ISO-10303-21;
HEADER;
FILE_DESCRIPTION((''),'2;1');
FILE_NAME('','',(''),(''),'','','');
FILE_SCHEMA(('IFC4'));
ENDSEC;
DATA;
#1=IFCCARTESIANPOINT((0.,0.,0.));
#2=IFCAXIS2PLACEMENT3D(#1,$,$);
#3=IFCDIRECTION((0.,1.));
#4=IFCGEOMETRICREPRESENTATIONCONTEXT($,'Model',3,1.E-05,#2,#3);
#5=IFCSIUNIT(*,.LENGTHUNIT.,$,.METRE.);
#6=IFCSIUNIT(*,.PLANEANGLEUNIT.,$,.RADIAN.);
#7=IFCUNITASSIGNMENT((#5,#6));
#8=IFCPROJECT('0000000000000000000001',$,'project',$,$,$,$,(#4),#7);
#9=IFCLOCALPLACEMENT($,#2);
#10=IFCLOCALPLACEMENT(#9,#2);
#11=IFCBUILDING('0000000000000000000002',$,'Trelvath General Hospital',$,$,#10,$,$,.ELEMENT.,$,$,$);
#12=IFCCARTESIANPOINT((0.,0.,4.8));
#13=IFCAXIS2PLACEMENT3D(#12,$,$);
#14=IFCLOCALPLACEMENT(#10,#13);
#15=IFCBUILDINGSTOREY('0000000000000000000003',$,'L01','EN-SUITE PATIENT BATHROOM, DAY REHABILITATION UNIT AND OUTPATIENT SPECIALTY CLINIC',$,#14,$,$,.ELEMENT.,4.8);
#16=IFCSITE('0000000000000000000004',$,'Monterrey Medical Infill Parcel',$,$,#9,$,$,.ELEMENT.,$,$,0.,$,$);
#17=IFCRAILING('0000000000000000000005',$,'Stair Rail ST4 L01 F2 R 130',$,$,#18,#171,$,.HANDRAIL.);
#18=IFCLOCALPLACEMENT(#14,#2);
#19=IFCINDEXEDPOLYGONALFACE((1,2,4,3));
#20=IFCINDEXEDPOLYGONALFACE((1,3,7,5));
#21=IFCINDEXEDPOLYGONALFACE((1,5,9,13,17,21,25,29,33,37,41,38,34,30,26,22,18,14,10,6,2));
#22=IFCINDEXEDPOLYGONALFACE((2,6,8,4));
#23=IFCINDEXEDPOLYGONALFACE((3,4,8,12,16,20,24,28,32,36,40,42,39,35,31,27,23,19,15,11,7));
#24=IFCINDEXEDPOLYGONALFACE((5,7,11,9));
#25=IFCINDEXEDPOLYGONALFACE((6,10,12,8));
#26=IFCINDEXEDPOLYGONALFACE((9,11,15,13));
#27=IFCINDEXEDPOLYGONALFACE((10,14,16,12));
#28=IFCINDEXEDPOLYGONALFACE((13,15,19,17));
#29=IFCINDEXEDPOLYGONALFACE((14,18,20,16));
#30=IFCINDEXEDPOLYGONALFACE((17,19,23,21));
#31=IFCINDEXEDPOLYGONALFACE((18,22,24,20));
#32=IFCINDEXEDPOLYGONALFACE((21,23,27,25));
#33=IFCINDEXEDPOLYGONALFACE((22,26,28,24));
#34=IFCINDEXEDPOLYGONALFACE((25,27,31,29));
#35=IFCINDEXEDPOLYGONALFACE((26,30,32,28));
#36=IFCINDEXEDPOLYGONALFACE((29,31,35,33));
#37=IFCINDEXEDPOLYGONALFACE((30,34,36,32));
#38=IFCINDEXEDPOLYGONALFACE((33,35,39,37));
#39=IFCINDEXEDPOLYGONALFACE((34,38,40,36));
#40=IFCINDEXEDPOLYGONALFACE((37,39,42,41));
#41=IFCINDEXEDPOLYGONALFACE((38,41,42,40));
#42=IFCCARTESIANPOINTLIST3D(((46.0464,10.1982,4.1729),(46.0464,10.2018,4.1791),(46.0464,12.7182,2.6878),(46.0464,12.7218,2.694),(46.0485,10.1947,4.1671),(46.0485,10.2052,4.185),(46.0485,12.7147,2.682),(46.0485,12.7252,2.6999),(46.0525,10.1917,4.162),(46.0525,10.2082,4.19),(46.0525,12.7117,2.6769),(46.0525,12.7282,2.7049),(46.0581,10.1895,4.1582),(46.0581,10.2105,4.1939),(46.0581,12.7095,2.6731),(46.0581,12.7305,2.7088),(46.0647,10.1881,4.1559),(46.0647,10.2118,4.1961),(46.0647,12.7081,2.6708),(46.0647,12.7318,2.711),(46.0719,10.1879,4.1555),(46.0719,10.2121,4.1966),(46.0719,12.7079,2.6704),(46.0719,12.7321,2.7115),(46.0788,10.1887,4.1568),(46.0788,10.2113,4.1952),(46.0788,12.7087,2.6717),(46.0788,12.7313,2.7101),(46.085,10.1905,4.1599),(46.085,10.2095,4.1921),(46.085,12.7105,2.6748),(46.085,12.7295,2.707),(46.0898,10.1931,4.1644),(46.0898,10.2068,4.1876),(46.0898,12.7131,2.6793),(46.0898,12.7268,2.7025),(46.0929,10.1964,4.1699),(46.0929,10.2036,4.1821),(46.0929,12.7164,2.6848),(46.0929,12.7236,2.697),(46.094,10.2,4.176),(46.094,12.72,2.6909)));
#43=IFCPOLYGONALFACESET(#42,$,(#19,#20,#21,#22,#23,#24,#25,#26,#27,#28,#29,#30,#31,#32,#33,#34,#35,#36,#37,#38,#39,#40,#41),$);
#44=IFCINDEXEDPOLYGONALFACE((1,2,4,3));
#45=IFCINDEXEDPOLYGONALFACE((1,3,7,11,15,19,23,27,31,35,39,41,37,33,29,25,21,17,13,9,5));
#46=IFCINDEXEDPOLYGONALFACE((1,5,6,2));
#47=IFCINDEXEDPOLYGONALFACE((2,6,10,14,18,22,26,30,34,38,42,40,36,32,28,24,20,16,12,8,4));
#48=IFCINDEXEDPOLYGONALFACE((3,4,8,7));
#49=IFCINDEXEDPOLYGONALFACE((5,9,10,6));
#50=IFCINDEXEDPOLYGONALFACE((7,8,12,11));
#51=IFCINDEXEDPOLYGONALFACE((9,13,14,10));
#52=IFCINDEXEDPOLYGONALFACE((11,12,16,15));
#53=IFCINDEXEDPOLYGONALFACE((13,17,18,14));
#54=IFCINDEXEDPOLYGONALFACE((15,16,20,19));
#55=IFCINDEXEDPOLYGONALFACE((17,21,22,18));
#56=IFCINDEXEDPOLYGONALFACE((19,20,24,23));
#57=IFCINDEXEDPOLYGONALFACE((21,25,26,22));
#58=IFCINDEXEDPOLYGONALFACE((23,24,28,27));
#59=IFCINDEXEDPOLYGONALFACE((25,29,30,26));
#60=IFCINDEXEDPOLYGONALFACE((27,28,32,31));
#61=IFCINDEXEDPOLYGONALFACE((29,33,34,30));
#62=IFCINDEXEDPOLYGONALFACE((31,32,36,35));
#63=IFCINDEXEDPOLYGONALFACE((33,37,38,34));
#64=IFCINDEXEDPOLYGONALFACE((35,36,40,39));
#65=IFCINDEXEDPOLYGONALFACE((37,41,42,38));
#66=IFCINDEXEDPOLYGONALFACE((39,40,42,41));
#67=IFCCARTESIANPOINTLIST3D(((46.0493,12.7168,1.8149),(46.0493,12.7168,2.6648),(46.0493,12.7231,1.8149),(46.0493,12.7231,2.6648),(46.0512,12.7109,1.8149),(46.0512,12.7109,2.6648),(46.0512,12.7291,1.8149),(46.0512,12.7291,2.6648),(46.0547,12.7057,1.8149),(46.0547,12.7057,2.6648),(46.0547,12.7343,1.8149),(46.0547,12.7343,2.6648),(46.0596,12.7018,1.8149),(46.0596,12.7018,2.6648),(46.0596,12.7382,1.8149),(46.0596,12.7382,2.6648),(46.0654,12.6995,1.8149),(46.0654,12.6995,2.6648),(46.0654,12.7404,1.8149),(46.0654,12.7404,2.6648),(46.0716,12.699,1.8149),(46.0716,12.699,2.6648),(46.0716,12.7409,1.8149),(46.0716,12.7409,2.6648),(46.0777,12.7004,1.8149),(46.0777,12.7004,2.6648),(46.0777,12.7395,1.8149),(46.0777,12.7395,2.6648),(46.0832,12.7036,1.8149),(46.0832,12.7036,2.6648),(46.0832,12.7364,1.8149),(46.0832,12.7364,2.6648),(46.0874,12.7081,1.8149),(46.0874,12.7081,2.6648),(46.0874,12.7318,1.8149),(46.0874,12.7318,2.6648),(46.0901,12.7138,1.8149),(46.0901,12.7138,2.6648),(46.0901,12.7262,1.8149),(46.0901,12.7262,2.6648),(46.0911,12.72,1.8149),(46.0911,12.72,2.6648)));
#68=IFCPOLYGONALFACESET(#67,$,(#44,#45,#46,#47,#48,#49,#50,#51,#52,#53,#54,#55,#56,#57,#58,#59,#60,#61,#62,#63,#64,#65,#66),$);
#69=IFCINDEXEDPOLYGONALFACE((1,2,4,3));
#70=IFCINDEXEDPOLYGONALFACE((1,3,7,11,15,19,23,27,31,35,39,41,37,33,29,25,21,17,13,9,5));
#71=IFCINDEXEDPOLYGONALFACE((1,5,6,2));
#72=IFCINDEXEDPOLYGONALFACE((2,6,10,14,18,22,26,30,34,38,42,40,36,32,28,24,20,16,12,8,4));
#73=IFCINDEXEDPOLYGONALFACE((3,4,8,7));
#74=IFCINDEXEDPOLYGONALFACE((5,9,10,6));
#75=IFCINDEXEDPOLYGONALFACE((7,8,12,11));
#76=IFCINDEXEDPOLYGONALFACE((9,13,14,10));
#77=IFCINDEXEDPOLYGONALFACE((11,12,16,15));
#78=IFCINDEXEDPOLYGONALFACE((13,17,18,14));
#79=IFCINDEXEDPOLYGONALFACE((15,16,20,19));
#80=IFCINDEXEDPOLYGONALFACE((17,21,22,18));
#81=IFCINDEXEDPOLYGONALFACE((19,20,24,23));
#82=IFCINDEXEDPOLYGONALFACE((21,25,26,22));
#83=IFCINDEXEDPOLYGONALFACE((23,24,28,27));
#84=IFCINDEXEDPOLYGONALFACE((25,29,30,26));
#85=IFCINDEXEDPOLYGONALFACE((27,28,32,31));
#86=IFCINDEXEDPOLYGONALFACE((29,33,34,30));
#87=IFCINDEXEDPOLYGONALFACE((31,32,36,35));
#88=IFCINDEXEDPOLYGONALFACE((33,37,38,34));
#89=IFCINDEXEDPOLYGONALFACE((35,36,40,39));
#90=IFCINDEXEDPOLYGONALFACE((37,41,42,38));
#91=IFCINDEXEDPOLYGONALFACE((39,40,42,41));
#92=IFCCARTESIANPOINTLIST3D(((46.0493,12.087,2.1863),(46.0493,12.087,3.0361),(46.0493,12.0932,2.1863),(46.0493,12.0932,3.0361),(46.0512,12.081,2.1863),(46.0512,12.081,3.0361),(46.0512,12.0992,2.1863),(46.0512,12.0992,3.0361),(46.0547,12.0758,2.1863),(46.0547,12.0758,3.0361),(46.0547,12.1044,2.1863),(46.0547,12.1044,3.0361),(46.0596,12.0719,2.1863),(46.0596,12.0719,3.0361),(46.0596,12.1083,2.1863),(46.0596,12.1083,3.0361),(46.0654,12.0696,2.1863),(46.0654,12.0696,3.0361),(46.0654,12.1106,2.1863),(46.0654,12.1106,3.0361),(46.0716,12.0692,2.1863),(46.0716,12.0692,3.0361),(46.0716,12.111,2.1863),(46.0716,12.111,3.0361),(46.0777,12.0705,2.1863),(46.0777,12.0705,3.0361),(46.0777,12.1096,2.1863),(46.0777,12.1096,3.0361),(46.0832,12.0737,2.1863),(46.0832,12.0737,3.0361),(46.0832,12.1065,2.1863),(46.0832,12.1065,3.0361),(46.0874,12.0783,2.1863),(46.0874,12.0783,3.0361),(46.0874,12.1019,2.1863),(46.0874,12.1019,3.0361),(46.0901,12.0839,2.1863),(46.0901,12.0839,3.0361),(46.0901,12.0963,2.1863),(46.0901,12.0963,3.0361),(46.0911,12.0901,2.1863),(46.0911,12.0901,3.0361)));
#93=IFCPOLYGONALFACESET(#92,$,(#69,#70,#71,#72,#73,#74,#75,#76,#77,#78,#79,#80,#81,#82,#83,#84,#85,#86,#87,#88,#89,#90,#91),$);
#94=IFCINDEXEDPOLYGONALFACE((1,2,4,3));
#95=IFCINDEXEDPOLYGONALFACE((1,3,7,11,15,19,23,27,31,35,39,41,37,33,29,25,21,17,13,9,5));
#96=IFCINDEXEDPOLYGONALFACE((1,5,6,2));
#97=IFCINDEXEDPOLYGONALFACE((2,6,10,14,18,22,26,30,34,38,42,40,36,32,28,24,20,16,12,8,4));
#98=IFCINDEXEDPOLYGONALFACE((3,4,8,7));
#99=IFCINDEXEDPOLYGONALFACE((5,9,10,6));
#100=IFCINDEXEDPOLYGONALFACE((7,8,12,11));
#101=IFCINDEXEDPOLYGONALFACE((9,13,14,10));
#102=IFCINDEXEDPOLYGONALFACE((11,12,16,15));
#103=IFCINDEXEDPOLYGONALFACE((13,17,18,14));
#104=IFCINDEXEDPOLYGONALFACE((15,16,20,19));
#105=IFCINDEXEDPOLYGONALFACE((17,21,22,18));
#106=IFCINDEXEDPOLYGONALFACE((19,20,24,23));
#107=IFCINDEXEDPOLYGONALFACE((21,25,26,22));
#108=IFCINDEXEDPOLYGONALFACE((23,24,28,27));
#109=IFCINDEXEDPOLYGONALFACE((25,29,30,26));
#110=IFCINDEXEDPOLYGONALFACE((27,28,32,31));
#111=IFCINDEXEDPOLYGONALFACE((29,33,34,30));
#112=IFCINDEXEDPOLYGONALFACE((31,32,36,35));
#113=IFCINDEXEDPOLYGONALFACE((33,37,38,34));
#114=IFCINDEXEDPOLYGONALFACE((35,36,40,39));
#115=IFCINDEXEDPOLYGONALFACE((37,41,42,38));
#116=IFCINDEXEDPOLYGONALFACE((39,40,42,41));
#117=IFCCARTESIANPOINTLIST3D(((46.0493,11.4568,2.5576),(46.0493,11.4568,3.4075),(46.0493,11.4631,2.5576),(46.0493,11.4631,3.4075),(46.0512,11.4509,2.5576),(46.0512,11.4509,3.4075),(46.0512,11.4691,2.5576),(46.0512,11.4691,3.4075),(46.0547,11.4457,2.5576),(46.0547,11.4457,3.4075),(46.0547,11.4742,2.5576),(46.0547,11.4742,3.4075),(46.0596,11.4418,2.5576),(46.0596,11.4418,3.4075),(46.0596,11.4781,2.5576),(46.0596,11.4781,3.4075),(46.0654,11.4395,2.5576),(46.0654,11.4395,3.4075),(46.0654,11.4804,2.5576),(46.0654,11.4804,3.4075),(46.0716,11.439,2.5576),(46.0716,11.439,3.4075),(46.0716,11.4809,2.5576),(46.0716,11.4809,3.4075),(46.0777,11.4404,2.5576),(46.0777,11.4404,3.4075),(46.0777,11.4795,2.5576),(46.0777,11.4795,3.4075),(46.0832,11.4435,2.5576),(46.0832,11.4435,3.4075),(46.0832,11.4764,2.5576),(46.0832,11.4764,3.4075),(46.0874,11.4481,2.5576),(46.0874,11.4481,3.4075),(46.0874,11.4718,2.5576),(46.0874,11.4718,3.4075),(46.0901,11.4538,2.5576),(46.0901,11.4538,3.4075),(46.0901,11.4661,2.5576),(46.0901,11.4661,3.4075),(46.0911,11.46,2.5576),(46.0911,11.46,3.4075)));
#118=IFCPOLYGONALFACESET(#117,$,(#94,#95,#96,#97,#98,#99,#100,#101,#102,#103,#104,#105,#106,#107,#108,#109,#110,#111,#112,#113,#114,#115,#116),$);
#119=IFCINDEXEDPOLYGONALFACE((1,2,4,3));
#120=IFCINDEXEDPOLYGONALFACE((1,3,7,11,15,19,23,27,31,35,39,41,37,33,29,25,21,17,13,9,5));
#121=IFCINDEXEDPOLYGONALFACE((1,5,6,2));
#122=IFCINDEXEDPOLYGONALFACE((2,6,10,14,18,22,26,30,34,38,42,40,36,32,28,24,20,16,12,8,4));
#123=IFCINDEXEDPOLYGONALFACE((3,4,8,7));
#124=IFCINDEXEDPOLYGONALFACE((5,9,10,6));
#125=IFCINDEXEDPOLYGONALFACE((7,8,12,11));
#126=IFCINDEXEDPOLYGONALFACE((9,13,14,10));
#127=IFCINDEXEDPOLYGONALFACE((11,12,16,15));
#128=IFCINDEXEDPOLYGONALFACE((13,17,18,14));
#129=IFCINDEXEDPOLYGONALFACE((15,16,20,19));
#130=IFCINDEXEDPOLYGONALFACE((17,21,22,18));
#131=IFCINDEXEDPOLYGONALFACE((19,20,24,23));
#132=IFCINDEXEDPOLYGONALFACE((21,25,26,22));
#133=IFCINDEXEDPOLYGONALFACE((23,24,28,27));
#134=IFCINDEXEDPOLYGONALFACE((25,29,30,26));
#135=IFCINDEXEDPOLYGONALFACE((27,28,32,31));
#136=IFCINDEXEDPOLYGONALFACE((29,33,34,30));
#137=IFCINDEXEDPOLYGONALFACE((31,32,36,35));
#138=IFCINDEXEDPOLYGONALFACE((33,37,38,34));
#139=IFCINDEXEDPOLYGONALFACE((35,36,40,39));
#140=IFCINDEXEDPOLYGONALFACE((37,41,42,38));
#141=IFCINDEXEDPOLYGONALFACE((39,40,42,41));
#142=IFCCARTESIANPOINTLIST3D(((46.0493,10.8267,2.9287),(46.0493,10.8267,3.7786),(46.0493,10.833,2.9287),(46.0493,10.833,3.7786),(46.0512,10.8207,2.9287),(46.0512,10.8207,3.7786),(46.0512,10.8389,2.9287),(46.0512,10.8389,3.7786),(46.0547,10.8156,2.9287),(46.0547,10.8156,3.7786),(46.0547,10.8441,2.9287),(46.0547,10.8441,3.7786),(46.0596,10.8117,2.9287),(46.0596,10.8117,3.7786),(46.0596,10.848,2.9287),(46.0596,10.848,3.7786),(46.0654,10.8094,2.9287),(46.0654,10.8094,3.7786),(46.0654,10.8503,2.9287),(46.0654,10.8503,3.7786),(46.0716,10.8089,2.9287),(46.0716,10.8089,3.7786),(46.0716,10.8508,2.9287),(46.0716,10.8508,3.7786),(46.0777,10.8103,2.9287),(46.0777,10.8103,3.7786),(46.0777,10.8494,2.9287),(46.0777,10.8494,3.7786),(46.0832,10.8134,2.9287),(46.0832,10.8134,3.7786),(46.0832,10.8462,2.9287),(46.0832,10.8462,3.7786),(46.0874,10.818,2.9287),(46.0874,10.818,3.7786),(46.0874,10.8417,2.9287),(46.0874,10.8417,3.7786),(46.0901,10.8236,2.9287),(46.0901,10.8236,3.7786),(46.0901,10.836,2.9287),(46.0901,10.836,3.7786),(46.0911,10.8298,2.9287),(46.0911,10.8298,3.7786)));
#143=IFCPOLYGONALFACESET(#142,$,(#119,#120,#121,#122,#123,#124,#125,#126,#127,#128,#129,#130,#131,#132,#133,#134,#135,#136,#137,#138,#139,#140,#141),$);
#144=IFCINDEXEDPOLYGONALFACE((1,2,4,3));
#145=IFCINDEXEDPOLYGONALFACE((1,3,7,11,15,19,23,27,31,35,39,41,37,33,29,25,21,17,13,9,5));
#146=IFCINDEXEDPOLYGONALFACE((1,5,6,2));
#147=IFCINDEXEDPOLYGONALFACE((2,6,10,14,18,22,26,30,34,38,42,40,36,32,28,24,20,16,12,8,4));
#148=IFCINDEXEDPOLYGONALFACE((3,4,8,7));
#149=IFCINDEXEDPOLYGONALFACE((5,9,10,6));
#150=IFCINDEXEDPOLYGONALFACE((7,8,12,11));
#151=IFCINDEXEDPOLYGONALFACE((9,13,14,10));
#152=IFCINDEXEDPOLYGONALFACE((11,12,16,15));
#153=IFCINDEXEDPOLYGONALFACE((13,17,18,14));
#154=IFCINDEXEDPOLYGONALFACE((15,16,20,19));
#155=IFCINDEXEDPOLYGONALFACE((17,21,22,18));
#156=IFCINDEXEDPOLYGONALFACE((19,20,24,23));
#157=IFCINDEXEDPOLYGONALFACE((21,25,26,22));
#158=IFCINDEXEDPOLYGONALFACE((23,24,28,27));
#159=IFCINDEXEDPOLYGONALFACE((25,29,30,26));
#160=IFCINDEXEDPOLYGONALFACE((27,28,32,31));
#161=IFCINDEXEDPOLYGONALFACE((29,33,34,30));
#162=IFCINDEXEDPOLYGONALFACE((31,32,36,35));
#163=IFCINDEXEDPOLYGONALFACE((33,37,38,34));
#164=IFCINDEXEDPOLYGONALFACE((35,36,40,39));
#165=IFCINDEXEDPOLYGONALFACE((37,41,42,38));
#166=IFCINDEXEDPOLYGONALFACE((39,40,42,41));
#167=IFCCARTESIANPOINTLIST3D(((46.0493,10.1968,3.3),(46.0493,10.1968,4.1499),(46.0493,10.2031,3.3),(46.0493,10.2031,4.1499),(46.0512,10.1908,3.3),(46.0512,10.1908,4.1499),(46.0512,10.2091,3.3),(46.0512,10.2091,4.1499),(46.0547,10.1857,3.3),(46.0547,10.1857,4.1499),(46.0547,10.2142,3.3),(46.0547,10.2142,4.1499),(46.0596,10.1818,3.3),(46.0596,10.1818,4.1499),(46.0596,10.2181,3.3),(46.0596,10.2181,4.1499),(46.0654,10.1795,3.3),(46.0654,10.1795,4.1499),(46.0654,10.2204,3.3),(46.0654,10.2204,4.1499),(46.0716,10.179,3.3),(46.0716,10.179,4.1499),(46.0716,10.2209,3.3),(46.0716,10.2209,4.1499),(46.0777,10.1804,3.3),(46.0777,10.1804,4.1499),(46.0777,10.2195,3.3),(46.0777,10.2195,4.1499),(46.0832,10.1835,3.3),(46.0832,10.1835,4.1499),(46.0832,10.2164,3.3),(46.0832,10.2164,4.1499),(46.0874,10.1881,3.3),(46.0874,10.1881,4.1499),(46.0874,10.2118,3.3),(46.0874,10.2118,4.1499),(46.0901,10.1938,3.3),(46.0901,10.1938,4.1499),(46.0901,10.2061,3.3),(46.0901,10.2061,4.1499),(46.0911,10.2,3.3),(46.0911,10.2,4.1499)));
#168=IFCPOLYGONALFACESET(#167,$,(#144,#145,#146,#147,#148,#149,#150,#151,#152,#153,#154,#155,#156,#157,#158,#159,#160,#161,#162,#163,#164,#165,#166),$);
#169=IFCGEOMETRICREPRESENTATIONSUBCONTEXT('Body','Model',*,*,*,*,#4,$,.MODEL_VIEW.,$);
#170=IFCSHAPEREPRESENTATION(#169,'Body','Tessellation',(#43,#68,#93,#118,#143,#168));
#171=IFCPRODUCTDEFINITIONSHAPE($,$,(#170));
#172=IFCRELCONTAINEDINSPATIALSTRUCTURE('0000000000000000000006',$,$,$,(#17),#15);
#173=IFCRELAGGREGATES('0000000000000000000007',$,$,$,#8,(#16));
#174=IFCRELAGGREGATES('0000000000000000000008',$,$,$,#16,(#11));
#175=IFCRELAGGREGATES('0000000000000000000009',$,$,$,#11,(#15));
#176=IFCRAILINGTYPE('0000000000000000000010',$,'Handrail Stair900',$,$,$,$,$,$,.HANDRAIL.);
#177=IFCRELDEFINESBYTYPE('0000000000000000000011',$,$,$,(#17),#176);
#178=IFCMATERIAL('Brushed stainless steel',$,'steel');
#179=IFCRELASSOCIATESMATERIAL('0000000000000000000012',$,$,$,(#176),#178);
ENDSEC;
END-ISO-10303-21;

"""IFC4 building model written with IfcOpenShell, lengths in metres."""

from ifc_helpers import new_model, si_unit, direction, frame, origin, origin_2d, place, context, subcontext, project, spatial, circle, extrude, material, type_object, element, save


model = new_model("IFC4")

# Units and contexts
model_context = context("Model", 3, precision=1e-05, world=origin(), true_north=direction((0.0, 1.0)))
body_context = subcontext(model_context, "Body", "Model", "MODEL_VIEW")
ifc_project = project(units=[si_unit("LENGTHUNIT", "METRE"), si_unit("PLANEANGLEUNIT", "RADIAN")], contexts=[model_context])

# Site, building, storey
site_placement = place(None, origin())
site = spatial("IfcSite", under=ifc_project, at=site_placement, Name="Monterrey Medical Infill Parcel", CompositionType="ELEMENT", RefElevation=0.0)
building_placement = place(site_placement, origin())
building = spatial("IfcBuilding", under=site, at=building_placement, Name="Trelvath General Hospital", CompositionType="ELEMENT")
storey_placement = place(building_placement, frame((0.0, 0.0, 4.8)))
storey = spatial("IfcBuildingStorey", under=building, at=storey_placement, Name="L01", Description="EN-SUITE PATIENT BATHROOM, DAY REHABILITATION UNIT AND OUTPATIENT SPECIALTY CLINIC", CompositionType="ELEMENT", Elevation=4.8)

# Railing
ifc_material_1 = material(Name="Brushed stainless steel", Category="steel")
railing_type_1 = type_object("IfcRailingType", Name="Handrail Stair900", PredefinedType="HANDRAIL", material=ifc_material_1)
railing_1_placement = place(storey_placement, frame((46.0701, 12.72, 1.8149)))
element("IfcRailing", 1, at=railing_1_placement, inside=storey, type_object=railing_type_1, Name="Stair Rail ST4 L01 F2 R 130", PredefinedType="HANDRAIL", context=body_context, shape_type="SweptSolid", body=[
    extrude(circle(Radius=0.0239, at=origin_2d()), frame((0.0, 0.0, 0.876), z_axis=(0.0, -0.861524, 0.507717), x_axis=(1.0, 0.0, 0.0)), (0.0, 0.0, 1.0), 2.925),
    extrude(circle(Radius=0.021, at=origin_2d()), origin(), (0.0, 0.0, 1.0), 0.8499),
    extrude(circle(Radius=0.021, at=origin_2d()), frame((0.0, -0.6299, 0.3713)), (0.0, 0.0, 1.0), 0.8499),
    extrude(circle(Radius=0.021, at=origin_2d()), frame((0.0, -1.26, 0.7427)), (0.0, 0.0, 1.0), 0.8499),
    extrude(circle(Radius=0.021, at=origin_2d()), frame((0.0, -1.8901, 1.1138)), (0.0, 0.0, 1.0), 0.8499),
    extrude(circle(Radius=0.021, at=origin_2d()), frame((0.0, -2.52, 1.4851)), (0.0, 0.0, 1.0), 0.8499),
])

save(model, "model.ifc")
